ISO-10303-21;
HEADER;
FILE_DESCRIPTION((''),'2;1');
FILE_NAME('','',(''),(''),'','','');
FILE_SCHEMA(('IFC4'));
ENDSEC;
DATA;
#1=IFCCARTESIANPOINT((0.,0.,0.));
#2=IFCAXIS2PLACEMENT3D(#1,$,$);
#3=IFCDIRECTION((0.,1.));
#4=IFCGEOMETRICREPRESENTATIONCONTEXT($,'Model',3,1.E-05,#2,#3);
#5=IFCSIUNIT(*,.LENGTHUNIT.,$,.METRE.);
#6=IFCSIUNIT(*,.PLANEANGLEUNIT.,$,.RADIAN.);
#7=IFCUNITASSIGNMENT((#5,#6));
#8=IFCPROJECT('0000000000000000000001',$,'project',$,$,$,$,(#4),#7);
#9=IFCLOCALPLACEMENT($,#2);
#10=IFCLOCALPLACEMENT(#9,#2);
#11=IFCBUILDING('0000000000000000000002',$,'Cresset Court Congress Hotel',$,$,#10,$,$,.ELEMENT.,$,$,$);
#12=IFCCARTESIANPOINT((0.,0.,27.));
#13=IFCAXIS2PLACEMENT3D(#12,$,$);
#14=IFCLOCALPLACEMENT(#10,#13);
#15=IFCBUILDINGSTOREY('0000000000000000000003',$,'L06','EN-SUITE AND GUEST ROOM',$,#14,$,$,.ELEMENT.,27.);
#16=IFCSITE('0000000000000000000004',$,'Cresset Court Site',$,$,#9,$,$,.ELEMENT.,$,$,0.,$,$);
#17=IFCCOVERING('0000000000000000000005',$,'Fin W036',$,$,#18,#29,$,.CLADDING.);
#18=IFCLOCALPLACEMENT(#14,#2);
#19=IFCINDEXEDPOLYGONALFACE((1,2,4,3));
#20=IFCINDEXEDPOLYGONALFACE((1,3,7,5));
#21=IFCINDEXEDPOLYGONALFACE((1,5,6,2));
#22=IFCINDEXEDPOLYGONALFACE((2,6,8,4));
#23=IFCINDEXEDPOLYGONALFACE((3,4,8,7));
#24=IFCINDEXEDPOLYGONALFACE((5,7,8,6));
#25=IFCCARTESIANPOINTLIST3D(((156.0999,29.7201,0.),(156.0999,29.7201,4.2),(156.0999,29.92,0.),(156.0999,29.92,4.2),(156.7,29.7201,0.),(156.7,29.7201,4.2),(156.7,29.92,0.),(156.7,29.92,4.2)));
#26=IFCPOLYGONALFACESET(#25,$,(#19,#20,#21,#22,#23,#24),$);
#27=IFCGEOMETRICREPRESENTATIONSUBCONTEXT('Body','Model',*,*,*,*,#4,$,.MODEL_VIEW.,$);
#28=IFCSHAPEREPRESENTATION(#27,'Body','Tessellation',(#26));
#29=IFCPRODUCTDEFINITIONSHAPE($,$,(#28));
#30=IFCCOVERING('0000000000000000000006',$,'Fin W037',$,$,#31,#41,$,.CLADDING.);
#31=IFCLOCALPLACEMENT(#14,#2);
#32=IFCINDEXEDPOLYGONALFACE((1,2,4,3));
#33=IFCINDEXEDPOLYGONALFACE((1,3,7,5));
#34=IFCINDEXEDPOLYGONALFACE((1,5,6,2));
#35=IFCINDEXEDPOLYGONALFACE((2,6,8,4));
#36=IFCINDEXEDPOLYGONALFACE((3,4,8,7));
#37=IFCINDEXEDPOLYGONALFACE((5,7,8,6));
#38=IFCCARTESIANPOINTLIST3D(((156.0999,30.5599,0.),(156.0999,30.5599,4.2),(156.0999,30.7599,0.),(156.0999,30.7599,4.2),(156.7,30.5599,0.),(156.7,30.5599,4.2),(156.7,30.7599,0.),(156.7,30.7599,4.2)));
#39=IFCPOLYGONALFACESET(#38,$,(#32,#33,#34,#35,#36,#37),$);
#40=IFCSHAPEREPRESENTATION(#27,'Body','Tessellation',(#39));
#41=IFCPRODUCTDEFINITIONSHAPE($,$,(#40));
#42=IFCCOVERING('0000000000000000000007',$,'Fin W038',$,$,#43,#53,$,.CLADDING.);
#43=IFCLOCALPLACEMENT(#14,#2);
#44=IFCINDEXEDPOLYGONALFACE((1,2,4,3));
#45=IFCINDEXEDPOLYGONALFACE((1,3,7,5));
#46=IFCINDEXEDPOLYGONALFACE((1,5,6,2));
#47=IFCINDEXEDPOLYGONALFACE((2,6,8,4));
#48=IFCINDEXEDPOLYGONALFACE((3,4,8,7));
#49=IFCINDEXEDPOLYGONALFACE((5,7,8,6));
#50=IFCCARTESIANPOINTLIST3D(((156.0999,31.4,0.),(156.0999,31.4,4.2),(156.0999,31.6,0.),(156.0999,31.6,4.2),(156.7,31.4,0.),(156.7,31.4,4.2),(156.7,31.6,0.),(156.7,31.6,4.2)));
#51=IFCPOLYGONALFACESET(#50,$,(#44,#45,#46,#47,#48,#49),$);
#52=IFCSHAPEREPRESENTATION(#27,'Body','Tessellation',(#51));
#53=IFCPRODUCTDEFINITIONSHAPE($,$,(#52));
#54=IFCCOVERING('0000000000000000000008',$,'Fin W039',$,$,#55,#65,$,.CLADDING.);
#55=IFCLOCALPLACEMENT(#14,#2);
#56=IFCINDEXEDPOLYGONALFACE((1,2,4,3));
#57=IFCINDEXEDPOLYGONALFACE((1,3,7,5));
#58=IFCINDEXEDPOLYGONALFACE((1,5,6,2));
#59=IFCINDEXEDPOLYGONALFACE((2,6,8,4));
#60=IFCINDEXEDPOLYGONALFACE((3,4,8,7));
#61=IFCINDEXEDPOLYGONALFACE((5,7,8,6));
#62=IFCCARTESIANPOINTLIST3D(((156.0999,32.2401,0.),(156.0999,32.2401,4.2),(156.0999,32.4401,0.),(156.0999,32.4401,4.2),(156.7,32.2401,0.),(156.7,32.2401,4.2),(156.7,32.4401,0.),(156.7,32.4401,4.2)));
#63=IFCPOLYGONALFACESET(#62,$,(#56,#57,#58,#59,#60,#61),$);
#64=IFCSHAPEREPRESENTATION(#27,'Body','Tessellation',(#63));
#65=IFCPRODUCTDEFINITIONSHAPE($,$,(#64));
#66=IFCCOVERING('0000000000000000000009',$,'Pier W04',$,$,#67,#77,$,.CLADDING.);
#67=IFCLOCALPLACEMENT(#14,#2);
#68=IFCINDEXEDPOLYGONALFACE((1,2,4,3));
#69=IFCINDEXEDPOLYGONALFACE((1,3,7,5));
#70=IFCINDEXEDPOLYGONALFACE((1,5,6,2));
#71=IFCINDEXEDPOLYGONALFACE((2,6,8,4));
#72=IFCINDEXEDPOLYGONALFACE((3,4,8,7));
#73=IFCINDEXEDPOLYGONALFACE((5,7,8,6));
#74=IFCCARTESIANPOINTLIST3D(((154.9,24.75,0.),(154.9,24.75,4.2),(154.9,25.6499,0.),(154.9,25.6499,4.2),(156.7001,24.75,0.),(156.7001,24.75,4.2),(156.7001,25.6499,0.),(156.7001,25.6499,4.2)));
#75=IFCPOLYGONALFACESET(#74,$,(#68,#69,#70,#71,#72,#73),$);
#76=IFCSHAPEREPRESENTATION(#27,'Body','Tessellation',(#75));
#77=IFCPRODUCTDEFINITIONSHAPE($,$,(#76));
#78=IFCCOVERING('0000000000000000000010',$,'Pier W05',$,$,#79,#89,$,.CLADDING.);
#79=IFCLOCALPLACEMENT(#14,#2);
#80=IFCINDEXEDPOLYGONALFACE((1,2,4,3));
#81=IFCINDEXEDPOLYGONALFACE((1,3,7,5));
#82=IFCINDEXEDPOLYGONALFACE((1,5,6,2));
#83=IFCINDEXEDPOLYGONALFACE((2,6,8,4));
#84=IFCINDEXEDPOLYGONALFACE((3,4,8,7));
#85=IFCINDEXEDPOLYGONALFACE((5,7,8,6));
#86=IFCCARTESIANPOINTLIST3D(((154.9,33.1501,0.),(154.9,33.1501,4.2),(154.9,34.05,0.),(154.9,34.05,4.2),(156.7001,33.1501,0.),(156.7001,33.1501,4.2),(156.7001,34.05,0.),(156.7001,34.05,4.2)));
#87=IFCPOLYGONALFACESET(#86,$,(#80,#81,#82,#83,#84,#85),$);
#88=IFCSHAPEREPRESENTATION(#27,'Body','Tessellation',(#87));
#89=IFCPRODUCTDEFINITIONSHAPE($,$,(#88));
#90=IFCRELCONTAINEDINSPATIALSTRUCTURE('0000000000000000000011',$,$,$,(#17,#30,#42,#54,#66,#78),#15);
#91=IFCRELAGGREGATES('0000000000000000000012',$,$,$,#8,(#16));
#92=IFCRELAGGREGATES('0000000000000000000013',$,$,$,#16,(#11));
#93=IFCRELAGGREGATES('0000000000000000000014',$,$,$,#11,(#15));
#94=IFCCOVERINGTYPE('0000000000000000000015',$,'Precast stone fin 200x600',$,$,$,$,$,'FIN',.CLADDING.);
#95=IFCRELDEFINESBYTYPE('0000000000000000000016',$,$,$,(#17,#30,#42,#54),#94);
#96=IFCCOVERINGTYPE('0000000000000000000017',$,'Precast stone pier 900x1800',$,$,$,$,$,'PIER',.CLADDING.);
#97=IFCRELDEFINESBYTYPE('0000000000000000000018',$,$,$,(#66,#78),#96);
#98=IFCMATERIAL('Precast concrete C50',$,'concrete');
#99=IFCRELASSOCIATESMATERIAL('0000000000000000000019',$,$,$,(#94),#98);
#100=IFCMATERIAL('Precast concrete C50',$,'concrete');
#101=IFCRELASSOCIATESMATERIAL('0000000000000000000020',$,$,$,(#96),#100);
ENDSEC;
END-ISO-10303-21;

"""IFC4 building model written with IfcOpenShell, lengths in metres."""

from ifc_helpers import new_model, si_unit, direction, frame, origin, origin_2d, place, context, subcontext, project, spatial, rectangle, extrude, material, type_object, element, save


model = new_model("IFC4")

# Units and contexts
model_context = context("Model", 3, precision=1e-05, world=origin(), true_north=direction((0.0, 1.0)))
body_context = subcontext(model_context, "Body", "Model", "MODEL_VIEW")
ifc_project = project(units=[si_unit("LENGTHUNIT", "METRE"), si_unit("PLANEANGLEUNIT", "RADIAN")], contexts=[model_context])

# Site, building, storey
site_placement = place(None, origin())
site = spatial("IfcSite", under=ifc_project, at=site_placement, Name="Cresset Court Site", CompositionType="ELEMENT", RefElevation=0.0)
building_placement = place(site_placement, origin())
building = spatial("IfcBuilding", under=site, at=building_placement, Name="Cresset Court Congress Hotel", CompositionType="ELEMENT")
storey_placement = place(building_placement, frame((0.0, 0.0, 27.0)))
storey = spatial("IfcBuildingStorey", under=building, at=storey_placement, Name="L06", Description="EN-SUITE AND GUEST ROOM", CompositionType="ELEMENT", Elevation=27.0)

# Coverings
ifc_material_1 = material(Name="Precast concrete C50", Category="concrete")
covering_type_1 = type_object("IfcCoveringType", Name="Precast stone fin 200x600", ElementType="FIN", PredefinedType="CLADDING", material=ifc_material_1)
for number, where, z_axis, x_axis, name in (
    (1, (156.3999, 29.8201, 0.0), (0.0, 0.0, 1.0), (1.0, 0.0, 0.0), "Fin W036"),
    (2, (156.3999, 30.6599, 0.0), (0.0, 0.0, 1.0), (1.0, 0.0, 0.0), "Fin W037"),
    (3, (156.3999, 31.5, 0.0), (0.0, 0.0, 1.0), (1.0, 0.0, 0.0), "Fin W038"),
    (4, (156.3999, 32.3401, 0.0), (0.0, 0.0, 1.0), (1.0, 0.0, 0.0), "Fin W039"),
):
    element("IfcCovering", number, at=place(storey_placement, frame(where, z_axis=z_axis, x_axis=x_axis)), inside=storey, type_object=covering_type_1, Name=name, PredefinedType="CLADDING", context=body_context, shape_type="SweptSolid", body=[
        extrude(rectangle(XDim=0.6001, YDim=0.2, at=origin_2d()), origin(), (0.0, 0.0, 1.0), 4.2),
    ])
ifc_material_2 = material(Name="Precast concrete C50", Category="concrete")
covering_type_2 = type_object("IfcCoveringType", Name="Precast stone pier 900x1800", ElementType="PIER", PredefinedType="CLADDING", material=ifc_material_2)
for number, where, z_axis, x_axis, name in (
    (5, (155.8, 25.2, 0.0), (0.0, 0.0, 1.0), (1.0, 0.0, 0.0), "Pier W04"),
    (6, (155.8, 33.6001, 0.0), (0.0, 0.0, 1.0), (1.0, 0.0, 0.0), "Pier W05"),
):
    element("IfcCovering", number, at=place(storey_placement, frame(where, z_axis=z_axis, x_axis=x_axis)), inside=storey, type_object=covering_type_2, Name=name, PredefinedType="CLADDING", context=body_context, shape_type="SweptSolid", body=[
        extrude(rectangle(XDim=1.8, YDim=0.8999, at=origin_2d()), origin(), (0.0, 0.0, 1.0), 4.2),
    ])

save(model, "model.ifc")
